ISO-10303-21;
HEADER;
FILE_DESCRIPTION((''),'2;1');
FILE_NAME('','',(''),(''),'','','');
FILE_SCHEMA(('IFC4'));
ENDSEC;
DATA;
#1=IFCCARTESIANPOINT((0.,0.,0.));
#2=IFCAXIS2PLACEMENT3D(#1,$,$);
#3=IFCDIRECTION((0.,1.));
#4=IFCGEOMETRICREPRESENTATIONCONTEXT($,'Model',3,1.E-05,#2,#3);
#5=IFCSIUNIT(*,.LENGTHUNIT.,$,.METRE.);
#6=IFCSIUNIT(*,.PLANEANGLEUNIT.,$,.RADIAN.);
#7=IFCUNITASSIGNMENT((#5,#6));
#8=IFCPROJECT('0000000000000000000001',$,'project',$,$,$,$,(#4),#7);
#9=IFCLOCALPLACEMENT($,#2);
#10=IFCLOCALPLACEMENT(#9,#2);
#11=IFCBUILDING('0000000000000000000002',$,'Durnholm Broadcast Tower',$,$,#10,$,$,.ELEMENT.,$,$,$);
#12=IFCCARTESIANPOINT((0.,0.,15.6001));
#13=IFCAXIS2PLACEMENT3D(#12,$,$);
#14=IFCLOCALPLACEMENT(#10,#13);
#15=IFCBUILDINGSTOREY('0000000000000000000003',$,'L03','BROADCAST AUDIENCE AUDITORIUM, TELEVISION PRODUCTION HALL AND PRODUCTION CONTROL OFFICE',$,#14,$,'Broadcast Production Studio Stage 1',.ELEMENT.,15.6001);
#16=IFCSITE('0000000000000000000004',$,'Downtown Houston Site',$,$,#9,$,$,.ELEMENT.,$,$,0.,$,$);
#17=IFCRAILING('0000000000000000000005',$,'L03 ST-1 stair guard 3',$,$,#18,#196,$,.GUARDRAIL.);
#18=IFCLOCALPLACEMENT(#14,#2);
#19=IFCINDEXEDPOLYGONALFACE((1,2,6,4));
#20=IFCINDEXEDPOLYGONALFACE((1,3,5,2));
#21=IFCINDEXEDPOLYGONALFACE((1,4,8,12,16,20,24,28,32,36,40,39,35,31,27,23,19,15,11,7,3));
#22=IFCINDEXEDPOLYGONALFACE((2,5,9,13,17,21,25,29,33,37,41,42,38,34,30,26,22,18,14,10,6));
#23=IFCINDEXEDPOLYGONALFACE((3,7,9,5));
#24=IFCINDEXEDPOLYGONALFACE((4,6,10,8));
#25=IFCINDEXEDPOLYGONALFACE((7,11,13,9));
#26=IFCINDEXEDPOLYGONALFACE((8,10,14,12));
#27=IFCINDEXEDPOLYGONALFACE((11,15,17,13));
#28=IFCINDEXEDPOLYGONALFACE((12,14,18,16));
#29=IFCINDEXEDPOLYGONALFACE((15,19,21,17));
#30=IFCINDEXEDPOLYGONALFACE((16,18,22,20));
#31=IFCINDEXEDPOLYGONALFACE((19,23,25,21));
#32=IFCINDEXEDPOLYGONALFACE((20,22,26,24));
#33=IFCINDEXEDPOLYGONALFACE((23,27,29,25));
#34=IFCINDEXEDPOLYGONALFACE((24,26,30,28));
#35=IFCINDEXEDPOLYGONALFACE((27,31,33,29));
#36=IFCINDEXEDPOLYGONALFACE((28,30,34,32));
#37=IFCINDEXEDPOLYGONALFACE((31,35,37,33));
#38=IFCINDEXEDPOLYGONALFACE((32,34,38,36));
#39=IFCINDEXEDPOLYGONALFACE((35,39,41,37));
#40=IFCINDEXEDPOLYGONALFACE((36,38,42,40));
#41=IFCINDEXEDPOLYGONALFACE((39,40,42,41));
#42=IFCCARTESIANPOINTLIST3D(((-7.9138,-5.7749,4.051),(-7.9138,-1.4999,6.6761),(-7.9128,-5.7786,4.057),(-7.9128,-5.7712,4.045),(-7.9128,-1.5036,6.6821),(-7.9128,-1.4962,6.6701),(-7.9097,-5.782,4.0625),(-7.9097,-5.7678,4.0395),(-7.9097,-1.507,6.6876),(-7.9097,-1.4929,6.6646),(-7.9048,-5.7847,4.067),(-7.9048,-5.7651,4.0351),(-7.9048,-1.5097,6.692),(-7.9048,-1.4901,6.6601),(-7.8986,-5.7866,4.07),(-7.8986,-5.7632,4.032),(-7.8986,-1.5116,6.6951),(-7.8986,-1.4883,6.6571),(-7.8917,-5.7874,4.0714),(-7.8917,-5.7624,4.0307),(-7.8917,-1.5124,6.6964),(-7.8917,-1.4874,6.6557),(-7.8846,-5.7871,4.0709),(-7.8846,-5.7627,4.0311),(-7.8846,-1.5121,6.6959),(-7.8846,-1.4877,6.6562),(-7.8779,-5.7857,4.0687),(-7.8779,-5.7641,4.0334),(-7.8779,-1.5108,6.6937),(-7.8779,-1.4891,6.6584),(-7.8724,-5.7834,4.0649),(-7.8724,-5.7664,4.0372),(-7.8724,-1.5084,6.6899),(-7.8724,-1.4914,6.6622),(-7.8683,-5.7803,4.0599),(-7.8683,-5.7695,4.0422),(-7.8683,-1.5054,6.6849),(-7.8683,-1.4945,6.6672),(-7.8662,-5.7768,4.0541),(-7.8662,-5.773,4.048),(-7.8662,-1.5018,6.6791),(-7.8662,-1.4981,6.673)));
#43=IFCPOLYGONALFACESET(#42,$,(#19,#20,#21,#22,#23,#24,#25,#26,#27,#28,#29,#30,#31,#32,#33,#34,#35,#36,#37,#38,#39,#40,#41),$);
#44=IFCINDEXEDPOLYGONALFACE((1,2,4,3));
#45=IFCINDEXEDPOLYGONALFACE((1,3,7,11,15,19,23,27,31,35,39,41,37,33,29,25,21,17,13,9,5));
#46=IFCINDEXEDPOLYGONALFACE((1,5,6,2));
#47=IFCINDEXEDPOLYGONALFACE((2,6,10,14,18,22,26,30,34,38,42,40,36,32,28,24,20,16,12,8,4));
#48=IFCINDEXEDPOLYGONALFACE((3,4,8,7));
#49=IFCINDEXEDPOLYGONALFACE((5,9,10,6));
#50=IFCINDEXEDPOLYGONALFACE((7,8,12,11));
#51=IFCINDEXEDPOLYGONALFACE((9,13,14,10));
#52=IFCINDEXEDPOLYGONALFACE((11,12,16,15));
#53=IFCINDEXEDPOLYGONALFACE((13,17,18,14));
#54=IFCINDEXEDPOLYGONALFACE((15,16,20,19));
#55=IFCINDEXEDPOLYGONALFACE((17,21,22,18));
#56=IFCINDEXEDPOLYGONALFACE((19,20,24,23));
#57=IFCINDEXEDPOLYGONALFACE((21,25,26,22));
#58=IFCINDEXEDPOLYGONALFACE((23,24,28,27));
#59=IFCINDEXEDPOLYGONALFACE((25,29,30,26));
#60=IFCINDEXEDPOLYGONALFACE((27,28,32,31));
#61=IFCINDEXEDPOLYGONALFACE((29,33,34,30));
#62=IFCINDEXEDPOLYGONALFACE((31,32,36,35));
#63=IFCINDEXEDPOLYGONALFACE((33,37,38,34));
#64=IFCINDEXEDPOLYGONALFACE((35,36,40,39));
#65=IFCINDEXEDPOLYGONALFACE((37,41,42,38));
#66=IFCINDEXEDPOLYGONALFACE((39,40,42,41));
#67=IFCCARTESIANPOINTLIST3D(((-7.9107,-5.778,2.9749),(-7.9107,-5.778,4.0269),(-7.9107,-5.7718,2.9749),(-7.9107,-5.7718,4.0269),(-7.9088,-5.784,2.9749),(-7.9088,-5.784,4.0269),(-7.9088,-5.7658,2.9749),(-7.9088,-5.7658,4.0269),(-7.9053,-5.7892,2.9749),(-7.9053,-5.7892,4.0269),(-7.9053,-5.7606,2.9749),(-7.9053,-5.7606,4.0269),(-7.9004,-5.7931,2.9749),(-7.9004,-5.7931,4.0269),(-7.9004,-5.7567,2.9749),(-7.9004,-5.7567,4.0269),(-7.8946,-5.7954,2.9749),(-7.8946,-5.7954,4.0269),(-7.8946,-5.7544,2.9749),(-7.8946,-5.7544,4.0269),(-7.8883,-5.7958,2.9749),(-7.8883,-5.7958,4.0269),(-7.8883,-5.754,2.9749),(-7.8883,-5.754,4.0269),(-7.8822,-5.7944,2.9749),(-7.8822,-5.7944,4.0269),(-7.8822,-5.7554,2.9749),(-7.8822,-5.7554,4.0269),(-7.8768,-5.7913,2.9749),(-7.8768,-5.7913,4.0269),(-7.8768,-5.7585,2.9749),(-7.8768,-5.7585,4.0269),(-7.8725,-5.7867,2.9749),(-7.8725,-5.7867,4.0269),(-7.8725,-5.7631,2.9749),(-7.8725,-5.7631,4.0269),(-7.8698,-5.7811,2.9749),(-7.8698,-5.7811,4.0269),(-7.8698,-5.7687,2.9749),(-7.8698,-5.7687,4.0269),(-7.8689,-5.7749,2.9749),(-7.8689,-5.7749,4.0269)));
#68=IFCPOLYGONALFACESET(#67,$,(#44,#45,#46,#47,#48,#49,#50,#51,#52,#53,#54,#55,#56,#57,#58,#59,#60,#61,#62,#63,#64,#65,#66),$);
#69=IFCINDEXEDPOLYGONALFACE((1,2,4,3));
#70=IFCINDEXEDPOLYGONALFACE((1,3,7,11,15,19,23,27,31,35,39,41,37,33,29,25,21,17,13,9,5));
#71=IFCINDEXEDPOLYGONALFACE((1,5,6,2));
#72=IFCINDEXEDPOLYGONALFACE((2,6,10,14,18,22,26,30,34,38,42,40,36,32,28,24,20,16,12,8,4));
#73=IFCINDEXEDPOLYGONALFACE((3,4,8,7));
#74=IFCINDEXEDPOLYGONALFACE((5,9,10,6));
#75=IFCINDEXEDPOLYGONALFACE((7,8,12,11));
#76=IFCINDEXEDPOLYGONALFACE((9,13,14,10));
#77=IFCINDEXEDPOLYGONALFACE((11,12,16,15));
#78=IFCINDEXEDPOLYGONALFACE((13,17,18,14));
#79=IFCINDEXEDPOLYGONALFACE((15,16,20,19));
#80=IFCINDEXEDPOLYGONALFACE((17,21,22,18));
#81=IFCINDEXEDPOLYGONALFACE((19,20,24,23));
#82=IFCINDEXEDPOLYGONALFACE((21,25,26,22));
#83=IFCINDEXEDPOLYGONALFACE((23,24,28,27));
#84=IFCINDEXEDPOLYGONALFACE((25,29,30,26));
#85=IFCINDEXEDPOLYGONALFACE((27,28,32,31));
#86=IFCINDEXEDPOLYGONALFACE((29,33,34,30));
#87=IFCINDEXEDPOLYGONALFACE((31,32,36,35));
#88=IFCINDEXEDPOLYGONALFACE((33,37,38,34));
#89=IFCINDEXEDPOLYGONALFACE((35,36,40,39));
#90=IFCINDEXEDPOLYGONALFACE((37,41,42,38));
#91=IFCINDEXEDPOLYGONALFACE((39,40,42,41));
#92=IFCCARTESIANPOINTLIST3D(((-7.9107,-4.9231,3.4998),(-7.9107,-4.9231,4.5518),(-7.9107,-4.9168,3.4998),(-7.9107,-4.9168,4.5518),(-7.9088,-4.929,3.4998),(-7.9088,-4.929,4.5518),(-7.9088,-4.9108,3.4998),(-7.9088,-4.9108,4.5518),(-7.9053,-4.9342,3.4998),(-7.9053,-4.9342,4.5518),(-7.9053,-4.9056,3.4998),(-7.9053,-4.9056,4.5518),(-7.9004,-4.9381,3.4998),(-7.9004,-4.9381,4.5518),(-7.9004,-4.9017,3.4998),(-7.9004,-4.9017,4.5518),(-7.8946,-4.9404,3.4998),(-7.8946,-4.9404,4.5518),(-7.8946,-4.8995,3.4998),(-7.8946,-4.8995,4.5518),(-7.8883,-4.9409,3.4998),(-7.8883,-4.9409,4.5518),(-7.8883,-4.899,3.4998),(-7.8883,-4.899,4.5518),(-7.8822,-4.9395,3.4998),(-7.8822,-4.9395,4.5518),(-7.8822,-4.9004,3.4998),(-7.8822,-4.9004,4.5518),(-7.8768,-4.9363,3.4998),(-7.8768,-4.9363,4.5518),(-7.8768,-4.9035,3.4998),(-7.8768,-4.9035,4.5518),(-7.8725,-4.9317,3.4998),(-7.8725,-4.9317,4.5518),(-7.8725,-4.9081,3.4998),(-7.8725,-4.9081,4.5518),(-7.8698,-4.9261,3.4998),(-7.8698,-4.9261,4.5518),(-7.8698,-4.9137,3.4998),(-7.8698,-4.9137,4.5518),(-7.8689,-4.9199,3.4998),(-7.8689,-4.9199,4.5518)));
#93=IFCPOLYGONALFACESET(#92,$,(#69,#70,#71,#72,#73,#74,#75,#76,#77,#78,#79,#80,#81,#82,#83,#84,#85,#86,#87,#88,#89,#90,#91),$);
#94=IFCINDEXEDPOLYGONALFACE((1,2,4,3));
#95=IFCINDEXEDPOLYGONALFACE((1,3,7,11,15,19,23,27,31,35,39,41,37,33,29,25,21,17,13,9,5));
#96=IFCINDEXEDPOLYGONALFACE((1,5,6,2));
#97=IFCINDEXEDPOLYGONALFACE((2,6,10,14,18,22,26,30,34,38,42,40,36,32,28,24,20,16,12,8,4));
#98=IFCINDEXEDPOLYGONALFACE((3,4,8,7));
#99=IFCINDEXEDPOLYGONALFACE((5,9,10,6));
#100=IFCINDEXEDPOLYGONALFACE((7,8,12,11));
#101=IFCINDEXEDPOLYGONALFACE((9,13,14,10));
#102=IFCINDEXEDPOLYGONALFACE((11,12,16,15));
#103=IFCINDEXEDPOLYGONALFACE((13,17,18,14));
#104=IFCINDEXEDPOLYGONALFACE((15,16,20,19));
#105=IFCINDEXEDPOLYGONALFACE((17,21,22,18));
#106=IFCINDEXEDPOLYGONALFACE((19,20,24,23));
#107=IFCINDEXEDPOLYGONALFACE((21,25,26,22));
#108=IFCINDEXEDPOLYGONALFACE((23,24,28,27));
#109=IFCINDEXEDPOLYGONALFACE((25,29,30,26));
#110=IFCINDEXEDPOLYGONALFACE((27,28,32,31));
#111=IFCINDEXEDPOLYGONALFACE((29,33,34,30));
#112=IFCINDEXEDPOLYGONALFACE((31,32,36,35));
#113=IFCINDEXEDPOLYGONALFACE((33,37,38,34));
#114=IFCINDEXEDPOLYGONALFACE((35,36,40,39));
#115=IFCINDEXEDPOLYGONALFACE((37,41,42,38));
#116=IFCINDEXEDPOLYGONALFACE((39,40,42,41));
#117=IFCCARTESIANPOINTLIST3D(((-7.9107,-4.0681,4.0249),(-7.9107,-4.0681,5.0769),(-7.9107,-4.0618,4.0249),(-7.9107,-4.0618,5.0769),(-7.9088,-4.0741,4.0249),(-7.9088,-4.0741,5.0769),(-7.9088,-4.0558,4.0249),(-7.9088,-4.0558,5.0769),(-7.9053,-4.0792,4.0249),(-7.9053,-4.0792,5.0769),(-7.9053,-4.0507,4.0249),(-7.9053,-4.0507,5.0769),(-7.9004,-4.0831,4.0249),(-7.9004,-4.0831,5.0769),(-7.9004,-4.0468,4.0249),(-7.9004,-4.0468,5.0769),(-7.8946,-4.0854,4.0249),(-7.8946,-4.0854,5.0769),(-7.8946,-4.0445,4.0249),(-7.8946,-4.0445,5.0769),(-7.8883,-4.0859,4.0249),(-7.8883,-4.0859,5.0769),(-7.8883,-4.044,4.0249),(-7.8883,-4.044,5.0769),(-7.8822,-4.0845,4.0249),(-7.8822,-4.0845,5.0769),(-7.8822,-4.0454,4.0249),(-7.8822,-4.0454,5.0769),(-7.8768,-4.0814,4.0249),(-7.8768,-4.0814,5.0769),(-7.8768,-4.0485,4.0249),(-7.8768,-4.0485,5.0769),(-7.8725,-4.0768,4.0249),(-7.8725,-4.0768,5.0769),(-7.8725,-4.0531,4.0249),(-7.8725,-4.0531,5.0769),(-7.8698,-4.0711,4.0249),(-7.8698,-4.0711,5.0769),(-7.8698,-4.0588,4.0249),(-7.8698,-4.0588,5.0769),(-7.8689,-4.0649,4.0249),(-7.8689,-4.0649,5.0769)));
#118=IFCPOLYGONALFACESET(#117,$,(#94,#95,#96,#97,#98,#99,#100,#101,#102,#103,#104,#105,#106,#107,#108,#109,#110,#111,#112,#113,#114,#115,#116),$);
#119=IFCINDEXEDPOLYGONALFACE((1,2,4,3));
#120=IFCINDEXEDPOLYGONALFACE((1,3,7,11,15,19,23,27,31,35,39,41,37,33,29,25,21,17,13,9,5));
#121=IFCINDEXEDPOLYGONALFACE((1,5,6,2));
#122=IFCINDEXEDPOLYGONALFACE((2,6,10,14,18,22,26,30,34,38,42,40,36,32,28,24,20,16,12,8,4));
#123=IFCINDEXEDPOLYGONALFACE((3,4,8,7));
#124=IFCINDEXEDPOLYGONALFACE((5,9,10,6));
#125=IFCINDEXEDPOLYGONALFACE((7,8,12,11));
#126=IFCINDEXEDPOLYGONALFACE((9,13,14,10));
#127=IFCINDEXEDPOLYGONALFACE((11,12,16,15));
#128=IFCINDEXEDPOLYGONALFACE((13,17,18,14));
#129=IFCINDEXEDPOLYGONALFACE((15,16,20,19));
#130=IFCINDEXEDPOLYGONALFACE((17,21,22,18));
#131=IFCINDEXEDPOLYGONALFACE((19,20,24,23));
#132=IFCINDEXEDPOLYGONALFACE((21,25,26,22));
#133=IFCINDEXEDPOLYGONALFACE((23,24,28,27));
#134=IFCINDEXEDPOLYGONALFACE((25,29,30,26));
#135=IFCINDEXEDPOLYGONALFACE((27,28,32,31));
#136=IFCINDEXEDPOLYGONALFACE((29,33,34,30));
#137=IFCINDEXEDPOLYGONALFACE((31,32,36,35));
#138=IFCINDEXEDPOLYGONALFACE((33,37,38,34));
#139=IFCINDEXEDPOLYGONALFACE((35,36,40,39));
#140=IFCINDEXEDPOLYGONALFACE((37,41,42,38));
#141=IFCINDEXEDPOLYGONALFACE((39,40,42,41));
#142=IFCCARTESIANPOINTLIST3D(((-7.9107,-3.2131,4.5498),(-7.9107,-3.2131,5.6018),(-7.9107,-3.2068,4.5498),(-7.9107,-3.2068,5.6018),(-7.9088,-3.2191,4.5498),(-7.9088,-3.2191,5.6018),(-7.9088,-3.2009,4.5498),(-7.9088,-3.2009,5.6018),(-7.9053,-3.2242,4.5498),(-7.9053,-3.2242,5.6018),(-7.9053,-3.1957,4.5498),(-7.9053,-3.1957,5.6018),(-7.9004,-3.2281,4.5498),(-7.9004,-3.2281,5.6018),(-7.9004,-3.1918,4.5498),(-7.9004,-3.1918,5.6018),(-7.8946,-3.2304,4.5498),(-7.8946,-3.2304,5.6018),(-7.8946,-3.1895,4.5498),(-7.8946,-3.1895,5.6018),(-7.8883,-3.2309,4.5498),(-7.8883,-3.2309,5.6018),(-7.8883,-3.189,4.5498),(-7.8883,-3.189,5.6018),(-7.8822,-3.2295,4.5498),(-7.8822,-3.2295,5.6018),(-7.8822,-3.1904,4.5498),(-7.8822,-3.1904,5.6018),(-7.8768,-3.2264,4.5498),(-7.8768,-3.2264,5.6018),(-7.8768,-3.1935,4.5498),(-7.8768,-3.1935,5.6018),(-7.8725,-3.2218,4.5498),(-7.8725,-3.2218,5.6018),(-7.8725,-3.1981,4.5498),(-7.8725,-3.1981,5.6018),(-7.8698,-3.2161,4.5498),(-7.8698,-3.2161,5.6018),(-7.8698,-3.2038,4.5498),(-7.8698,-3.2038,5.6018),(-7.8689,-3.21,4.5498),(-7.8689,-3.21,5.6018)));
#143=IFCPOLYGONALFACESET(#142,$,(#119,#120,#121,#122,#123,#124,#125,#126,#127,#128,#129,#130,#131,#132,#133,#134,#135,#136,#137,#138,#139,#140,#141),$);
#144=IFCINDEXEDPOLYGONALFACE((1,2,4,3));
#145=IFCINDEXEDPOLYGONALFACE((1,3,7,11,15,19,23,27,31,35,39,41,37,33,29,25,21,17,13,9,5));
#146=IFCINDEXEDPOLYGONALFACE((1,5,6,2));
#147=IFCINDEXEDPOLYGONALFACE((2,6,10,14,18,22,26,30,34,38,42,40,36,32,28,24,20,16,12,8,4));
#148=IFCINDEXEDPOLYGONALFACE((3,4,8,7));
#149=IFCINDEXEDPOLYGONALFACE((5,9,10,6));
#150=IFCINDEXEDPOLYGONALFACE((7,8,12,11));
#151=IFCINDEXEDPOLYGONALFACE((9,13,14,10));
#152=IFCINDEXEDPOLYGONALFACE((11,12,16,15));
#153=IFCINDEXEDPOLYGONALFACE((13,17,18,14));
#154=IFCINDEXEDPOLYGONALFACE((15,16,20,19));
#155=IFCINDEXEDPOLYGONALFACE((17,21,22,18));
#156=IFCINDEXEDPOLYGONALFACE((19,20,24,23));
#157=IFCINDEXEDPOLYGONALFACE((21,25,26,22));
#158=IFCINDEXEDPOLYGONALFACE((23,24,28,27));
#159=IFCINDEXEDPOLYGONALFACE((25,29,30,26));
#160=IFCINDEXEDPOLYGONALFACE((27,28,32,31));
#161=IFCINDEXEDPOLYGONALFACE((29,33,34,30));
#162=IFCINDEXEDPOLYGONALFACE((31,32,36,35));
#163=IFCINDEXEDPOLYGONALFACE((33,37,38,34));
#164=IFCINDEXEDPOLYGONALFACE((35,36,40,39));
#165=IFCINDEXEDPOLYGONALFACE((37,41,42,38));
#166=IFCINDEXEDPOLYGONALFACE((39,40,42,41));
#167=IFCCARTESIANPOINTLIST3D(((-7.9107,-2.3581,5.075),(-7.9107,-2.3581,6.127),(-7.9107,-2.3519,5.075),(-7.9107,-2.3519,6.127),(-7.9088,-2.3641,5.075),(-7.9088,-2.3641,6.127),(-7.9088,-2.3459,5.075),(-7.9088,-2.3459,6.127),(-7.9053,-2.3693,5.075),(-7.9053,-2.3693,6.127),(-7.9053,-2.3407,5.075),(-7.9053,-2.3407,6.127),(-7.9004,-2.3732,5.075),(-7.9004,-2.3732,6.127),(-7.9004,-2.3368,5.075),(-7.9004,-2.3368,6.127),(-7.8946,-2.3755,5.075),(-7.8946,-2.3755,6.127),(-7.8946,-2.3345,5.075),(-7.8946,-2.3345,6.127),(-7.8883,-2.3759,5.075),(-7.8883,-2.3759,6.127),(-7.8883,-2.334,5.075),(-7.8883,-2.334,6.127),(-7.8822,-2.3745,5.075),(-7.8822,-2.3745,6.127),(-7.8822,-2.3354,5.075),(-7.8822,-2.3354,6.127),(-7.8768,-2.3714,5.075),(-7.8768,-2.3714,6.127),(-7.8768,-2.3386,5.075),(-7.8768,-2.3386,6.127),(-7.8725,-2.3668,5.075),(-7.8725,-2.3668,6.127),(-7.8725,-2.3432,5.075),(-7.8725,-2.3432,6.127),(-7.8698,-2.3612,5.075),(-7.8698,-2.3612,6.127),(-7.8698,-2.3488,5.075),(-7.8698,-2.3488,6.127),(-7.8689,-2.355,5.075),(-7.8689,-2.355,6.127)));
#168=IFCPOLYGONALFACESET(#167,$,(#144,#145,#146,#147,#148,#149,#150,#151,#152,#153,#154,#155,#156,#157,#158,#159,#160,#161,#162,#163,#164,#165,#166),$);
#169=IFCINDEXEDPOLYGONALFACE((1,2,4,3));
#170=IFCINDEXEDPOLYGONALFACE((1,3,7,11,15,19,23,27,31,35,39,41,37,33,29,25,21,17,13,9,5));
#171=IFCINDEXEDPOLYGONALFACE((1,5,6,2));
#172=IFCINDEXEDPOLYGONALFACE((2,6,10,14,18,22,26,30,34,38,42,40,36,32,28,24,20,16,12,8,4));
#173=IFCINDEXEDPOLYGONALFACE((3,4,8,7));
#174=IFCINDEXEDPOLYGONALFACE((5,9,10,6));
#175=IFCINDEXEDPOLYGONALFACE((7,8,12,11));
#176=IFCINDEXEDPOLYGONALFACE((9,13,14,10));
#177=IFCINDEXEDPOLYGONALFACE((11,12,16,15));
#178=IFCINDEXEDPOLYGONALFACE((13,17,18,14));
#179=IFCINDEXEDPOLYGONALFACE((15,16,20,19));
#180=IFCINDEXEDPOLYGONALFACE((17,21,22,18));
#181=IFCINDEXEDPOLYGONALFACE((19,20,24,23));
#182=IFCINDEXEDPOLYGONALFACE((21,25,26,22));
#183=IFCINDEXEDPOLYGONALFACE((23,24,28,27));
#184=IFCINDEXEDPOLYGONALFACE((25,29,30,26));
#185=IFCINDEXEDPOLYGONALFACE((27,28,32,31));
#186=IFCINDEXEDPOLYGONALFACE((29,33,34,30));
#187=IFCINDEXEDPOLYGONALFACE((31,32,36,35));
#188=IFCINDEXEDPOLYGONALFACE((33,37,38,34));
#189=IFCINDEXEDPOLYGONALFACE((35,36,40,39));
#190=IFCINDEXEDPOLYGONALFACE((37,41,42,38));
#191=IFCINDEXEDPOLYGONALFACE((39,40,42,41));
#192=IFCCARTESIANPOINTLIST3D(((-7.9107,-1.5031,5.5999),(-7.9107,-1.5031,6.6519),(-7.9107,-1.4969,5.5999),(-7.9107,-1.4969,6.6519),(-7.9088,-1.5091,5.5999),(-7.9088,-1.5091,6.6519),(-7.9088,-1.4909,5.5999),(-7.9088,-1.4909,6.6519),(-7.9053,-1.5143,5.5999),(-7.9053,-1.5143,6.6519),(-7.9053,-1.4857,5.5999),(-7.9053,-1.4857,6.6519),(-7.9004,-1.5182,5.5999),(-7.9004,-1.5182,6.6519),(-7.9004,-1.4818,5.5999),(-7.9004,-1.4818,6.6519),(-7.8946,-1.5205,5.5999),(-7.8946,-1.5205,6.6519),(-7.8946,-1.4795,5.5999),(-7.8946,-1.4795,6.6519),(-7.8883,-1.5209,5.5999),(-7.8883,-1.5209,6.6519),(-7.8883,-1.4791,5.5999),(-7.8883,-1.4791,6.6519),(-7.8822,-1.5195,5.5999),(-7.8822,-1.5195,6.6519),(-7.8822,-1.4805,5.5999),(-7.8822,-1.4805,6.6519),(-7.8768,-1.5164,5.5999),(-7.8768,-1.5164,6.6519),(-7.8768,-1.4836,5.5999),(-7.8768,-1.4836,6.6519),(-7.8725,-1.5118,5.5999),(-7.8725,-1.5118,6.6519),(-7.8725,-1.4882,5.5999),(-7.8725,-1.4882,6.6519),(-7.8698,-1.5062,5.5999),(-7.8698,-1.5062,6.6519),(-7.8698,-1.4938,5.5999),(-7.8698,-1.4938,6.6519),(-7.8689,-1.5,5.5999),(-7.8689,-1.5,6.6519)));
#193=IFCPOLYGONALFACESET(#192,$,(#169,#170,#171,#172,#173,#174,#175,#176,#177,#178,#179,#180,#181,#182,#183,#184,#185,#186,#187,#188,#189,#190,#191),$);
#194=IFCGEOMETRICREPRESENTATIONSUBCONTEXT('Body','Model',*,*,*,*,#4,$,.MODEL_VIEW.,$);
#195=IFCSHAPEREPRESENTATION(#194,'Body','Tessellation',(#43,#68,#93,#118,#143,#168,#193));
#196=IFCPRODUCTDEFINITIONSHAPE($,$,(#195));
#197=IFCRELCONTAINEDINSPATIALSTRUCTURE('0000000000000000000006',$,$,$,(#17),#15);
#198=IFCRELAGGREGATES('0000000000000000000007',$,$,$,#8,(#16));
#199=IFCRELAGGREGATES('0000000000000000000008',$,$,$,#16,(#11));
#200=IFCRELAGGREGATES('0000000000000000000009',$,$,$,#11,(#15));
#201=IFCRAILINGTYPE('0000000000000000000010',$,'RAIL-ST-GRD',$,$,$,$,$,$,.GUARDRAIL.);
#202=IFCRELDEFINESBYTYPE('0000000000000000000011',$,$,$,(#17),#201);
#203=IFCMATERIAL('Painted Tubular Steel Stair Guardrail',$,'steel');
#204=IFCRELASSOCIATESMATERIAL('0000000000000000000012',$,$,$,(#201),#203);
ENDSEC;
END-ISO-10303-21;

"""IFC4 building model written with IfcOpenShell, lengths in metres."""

from ifc_helpers import new_model, si_unit, direction, frame, origin, origin_2d, place, context, subcontext, project, spatial, circle, extrude, material, type_object, element, save


model = new_model("IFC4")

# Units and contexts
model_context = context("Model", 3, precision=1e-05, world=origin(), true_north=direction((0.0, 1.0)))
body_context = subcontext(model_context, "Body", "Model", "MODEL_VIEW")
ifc_project = project(units=[si_unit("LENGTHUNIT", "METRE"), si_unit("PLANEANGLEUNIT", "RADIAN")], contexts=[model_context])

# Site, building, storey
site_placement = place(None, origin())
site = spatial("IfcSite", under=ifc_project, at=site_placement, Name="Downtown Houston Site", CompositionType="ELEMENT", RefElevation=0.0)
building_placement = place(site_placement, origin())
building = spatial("IfcBuilding", under=site, at=building_placement, Name="Durnholm Broadcast Tower", CompositionType="ELEMENT")
storey_placement = place(building_placement, frame((0.0, 0.0, 15.6001)))
storey = spatial("IfcBuildingStorey", under=building, at=storey_placement, Name="L03", Description="BROADCAST AUDIENCE AUDITORIUM, TELEVISION PRODUCTION HALL AND PRODUCTION CONTROL OFFICE", LongName="Broadcast Production Studio Stage 1", CompositionType="ELEMENT", Elevation=15.6001)

# Railing
ifc_material_1 = material(Name="Painted Tubular Steel Stair Guardrail", Category="steel")
railing_type_1 = type_object("IfcRailingType", Name="RAIL-ST-GRD", PredefinedType="GUARDRAIL", material=ifc_material_1)
railing_1_placement = place(storey_placement, frame((-7.8899, -5.7749, 2.9749)))
element("IfcRailing", 1, at=railing_1_placement, inside=storey, type_object=railing_type_1, Name="L03 ST-1 stair guard 3", PredefinedType="GUARDRAIL", context=body_context, shape_type="SweptSolid", body=[
    extrude(circle(Radius=0.0239, at=origin_2d()), frame((0.0, 0.0, 1.0762), z_axis=(0.0, 0.852166, 0.523272), x_axis=(-1.0, 0.0, 0.0)), (0.0, 0.0, 1.0), 5.0166),
    extrude(circle(Radius=0.021, at=origin_2d()), origin(), (0.0, 0.0, 1.0), 1.052),
    extrude(circle(Radius=0.021, at=origin_2d()), frame((0.0, 0.855, 0.5249)), (0.0, 0.0, 1.0), 1.052),
    extrude(circle(Radius=0.021, at=origin_2d()), frame((0.0, 1.71, 1.05)), (0.0, 0.0, 1.0), 1.052),
    extrude(circle(Radius=0.021, at=origin_2d()), frame((0.0, 2.5649, 1.575)), (0.0, 0.0, 1.0), 1.052),
    extrude(circle(Radius=0.021, at=origin_2d()), frame((0.0, 3.4199, 2.1001)), (0.0, 0.0, 1.0), 1.052),
    extrude(circle(Radius=0.021, at=origin_2d()), frame((0.0, 4.2749, 2.625)), (0.0, 0.0, 1.0), 1.052),
])

save(model, "model.ifc")
